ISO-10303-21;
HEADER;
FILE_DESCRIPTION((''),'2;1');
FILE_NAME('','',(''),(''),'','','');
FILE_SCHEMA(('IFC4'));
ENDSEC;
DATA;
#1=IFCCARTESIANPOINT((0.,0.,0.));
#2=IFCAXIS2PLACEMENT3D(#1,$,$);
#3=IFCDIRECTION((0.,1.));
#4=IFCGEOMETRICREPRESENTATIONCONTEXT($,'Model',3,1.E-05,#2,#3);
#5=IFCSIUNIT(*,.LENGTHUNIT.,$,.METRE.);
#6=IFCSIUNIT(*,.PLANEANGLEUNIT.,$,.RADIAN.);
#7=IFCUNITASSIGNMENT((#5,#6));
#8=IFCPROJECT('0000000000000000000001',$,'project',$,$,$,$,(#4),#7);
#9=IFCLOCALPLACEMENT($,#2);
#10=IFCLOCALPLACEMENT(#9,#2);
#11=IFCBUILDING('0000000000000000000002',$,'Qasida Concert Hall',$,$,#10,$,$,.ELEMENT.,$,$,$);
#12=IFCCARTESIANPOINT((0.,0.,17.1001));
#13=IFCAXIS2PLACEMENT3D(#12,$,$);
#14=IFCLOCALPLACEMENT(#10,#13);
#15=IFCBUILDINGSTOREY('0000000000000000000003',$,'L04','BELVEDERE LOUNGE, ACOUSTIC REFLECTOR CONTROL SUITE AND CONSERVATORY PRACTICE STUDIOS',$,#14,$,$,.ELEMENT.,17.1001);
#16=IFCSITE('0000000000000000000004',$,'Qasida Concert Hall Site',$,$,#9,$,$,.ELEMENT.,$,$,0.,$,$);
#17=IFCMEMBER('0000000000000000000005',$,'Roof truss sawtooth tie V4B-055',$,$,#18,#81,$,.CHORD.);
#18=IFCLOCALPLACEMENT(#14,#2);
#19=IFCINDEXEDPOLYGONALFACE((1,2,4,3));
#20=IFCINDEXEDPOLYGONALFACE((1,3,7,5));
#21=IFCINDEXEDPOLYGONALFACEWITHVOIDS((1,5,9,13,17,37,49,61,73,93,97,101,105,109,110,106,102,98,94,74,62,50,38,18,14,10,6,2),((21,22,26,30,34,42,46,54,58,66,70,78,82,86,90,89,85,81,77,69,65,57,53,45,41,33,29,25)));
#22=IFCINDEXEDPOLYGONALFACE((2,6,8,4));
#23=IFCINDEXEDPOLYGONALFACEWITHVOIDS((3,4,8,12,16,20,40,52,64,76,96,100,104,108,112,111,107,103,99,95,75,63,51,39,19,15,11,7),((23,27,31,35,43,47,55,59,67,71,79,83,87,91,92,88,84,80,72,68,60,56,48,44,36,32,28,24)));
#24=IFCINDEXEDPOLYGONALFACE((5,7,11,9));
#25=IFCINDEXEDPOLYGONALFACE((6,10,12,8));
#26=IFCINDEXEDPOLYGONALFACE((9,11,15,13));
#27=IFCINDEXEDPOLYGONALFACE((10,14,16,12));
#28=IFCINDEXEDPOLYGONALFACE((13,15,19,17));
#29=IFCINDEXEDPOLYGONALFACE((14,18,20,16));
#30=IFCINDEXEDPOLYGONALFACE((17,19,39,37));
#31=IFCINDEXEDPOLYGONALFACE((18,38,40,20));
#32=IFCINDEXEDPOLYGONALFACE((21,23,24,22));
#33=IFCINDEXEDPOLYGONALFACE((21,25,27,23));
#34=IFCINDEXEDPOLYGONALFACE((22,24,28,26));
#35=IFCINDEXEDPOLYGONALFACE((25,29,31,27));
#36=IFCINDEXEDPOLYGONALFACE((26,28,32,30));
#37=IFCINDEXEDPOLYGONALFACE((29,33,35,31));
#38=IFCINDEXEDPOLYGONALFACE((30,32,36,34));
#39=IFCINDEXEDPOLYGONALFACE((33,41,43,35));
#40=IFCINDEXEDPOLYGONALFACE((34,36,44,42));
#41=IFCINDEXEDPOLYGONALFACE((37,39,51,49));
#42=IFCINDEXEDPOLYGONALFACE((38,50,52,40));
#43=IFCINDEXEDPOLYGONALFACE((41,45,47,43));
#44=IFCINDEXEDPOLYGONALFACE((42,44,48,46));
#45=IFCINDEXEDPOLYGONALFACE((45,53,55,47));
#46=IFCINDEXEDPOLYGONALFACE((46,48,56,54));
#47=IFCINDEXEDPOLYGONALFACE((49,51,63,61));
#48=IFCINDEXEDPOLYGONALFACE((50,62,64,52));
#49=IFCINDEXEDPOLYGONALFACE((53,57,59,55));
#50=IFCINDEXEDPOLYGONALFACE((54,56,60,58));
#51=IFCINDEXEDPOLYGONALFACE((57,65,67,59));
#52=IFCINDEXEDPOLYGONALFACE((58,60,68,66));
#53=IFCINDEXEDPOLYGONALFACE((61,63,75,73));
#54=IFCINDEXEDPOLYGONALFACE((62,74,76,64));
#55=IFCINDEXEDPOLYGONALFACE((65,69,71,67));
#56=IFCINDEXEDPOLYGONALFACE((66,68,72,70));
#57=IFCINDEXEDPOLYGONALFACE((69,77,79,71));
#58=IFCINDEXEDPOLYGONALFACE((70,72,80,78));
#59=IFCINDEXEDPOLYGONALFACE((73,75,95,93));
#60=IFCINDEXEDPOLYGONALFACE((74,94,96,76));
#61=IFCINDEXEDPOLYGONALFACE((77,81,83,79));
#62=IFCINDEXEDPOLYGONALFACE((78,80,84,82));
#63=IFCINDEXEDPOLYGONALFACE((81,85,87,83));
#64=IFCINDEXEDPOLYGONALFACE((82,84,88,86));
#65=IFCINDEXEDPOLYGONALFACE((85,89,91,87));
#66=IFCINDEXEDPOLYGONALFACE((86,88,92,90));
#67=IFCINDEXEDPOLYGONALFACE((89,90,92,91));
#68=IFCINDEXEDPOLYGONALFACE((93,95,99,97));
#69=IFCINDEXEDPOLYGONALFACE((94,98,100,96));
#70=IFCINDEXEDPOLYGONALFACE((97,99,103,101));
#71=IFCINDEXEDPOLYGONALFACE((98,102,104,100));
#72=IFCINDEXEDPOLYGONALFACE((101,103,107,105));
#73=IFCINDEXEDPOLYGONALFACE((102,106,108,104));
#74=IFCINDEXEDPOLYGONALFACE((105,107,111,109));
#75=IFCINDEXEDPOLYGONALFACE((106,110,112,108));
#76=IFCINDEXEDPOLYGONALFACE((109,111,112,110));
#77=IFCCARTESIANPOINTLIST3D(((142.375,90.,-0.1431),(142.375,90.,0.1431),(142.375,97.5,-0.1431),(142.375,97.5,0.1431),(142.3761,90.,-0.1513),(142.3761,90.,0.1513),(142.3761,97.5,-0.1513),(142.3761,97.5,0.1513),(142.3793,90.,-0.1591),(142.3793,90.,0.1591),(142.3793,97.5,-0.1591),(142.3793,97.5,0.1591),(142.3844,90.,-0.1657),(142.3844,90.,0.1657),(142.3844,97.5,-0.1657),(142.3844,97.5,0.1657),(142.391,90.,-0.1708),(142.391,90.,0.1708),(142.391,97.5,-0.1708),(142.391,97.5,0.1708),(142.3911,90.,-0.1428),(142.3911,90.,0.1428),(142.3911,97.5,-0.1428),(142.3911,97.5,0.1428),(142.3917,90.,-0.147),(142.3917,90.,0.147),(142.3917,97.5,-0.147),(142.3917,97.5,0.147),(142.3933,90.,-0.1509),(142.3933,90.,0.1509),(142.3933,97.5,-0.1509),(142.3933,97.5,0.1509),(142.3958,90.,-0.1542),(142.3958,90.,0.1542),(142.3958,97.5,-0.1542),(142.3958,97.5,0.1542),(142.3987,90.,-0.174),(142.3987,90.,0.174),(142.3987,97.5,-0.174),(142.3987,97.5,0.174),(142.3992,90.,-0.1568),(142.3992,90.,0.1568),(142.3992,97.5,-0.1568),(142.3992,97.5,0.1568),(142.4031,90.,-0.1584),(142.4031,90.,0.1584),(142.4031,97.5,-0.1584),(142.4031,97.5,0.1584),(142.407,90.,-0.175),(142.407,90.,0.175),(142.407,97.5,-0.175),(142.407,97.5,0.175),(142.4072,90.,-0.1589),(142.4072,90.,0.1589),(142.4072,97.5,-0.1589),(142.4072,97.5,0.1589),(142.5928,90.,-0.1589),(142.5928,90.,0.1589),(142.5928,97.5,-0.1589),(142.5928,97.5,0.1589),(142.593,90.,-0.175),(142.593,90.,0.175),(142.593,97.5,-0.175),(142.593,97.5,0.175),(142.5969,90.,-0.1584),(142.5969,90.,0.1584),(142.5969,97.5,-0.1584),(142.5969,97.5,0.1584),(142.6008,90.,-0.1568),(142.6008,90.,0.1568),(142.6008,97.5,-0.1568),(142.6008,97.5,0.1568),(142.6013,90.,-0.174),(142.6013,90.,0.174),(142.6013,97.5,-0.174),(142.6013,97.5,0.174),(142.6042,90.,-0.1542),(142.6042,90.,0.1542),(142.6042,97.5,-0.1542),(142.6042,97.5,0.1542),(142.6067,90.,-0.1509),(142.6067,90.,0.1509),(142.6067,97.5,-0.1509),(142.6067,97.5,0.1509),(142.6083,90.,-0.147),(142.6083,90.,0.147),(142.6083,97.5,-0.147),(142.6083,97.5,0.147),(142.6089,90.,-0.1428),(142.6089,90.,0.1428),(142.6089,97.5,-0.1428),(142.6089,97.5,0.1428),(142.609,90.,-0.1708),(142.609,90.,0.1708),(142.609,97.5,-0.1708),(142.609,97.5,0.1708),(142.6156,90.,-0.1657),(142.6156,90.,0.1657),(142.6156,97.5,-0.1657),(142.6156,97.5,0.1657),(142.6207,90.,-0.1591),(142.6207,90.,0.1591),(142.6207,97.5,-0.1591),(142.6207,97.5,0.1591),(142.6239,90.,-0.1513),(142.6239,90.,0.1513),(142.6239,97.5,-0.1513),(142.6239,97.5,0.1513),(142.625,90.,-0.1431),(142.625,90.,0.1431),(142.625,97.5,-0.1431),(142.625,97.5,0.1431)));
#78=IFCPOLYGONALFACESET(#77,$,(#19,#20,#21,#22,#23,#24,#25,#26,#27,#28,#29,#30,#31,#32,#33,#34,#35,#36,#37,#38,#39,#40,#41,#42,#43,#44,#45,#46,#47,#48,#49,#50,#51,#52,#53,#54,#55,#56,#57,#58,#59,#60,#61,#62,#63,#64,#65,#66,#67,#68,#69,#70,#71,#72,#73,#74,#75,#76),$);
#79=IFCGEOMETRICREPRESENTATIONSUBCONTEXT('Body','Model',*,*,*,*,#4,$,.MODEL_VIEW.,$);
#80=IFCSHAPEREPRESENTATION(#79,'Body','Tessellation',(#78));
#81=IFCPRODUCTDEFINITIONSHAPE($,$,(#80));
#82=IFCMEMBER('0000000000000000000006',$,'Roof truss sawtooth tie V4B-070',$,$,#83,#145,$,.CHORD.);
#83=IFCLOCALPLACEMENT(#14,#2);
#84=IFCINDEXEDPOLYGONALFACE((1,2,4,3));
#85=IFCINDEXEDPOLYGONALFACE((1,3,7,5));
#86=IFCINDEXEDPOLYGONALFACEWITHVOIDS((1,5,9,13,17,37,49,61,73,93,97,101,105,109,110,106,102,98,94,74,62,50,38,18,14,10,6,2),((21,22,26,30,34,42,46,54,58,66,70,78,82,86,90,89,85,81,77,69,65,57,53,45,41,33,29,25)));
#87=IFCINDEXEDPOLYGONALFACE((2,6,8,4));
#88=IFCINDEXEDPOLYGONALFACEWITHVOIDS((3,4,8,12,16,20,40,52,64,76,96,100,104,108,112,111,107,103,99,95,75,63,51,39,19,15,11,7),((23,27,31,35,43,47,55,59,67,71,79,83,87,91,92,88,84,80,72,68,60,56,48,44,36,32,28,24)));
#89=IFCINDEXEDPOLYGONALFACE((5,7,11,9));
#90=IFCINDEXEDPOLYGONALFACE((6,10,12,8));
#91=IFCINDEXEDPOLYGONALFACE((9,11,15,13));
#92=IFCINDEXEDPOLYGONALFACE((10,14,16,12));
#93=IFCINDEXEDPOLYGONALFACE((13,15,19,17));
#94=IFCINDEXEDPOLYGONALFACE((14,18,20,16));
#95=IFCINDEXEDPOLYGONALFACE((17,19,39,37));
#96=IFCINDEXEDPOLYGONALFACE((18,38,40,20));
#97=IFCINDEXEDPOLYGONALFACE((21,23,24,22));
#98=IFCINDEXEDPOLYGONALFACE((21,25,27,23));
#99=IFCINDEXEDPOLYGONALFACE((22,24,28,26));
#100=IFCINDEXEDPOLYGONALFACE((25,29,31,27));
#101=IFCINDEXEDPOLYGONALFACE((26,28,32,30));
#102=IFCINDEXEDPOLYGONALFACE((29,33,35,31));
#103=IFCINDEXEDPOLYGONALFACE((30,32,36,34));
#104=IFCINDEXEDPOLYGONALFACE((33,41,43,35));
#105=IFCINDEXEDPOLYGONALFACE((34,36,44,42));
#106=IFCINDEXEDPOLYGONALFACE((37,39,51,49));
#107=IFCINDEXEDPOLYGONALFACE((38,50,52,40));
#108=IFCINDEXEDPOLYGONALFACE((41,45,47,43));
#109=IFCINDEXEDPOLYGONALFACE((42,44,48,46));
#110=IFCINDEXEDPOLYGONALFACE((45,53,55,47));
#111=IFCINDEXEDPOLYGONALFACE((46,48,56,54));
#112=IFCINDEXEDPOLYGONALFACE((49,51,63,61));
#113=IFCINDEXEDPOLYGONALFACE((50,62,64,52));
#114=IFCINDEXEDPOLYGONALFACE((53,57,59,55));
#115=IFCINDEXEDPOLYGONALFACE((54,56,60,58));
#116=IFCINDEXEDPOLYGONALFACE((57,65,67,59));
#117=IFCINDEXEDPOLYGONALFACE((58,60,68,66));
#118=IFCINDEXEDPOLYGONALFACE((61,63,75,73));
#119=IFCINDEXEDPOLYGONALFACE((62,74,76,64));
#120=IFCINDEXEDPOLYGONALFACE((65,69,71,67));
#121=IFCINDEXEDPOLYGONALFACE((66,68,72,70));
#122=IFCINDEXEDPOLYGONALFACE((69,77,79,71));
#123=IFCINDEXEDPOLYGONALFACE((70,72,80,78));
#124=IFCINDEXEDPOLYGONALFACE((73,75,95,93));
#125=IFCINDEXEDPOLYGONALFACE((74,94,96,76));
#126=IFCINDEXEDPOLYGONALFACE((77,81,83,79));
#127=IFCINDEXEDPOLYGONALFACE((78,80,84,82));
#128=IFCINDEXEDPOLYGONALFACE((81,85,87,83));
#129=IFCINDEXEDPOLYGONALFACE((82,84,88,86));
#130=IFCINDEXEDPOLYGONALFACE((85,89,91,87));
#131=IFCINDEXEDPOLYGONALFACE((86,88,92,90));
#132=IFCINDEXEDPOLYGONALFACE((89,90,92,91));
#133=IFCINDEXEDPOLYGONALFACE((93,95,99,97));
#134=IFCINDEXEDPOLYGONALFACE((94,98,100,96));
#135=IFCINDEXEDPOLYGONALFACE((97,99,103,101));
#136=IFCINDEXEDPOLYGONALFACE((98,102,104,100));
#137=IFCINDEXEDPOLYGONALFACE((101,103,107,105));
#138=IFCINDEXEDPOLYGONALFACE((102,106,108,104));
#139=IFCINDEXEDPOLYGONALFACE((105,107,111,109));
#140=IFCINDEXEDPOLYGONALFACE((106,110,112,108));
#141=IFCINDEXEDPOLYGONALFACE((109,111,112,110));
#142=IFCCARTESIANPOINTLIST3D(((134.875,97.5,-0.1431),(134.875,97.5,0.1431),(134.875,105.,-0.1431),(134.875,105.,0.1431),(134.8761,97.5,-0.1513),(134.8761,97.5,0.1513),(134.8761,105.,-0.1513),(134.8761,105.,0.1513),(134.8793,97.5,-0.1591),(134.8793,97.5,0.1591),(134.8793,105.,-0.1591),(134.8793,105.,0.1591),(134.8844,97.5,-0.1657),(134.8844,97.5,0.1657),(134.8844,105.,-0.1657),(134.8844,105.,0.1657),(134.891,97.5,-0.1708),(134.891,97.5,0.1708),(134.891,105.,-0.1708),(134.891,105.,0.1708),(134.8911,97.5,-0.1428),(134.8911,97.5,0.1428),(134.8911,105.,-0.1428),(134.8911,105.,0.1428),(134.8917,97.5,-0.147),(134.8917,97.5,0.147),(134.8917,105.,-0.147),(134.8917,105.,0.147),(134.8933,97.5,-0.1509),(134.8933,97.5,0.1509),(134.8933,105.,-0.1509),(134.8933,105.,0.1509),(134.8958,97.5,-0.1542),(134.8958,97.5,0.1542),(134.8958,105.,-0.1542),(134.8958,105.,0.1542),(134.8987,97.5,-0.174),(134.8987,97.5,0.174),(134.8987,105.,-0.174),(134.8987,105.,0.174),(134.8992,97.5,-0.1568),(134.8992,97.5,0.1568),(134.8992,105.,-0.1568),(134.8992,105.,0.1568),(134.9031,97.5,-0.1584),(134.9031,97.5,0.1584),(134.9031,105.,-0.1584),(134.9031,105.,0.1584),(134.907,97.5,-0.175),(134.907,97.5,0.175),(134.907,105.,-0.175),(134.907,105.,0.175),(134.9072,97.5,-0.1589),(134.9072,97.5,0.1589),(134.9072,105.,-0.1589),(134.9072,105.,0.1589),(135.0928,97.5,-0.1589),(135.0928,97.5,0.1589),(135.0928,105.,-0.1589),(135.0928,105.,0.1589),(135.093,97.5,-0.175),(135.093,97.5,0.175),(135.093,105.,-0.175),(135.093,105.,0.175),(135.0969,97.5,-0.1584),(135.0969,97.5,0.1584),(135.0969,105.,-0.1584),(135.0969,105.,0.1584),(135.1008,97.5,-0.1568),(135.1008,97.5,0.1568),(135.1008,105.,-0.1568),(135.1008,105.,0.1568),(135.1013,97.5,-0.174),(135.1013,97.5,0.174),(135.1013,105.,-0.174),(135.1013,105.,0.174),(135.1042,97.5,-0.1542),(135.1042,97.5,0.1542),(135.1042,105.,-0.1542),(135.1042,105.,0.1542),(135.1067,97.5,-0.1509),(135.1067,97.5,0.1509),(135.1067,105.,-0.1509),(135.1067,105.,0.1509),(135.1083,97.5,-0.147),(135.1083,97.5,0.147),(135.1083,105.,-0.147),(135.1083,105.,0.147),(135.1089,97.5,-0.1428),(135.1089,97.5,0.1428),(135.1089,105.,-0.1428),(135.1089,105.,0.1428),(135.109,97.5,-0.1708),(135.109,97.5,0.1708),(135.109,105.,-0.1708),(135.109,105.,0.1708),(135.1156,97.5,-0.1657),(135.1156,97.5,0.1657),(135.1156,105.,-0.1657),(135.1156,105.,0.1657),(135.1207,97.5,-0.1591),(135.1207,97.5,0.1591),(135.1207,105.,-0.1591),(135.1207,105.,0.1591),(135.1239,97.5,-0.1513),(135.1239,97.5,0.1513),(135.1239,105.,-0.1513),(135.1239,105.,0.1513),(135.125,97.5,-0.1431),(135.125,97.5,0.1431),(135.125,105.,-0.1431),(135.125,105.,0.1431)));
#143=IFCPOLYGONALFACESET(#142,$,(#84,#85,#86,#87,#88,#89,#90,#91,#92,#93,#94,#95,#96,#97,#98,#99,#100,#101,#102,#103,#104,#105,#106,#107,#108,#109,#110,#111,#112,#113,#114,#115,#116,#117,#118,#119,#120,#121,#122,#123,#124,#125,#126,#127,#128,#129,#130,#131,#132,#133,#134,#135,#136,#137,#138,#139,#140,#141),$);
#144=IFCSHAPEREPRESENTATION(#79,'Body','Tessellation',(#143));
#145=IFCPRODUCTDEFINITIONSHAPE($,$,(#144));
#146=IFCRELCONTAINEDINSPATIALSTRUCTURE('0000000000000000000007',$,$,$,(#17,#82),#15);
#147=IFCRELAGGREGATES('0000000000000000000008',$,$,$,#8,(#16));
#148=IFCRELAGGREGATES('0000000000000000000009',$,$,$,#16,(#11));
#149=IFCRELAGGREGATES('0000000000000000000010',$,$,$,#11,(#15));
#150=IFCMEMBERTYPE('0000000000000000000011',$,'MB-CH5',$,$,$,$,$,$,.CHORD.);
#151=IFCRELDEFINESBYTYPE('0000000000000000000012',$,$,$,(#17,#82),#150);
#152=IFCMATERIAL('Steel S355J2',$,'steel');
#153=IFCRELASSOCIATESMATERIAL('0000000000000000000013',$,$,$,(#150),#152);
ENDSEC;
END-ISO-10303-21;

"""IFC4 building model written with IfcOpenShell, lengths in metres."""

from ifc_helpers import new_model, si_unit, direction, frame, origin, origin_2d, place, context, subcontext, project, spatial, hollow_rectangle, extrude, material, material_profile, profile_set, type_object, element, save


model = new_model("IFC4")

# Units and contexts
model_context = context("Model", 3, precision=1e-05, world=origin(), true_north=direction((0.0, 1.0)))
body_context = subcontext(model_context, "Body", "Model", "MODEL_VIEW")
ifc_project = project(units=[si_unit("LENGTHUNIT", "METRE"), si_unit("PLANEANGLEUNIT", "RADIAN")], contexts=[model_context])

# Site, building, storey
site_placement = place(None, origin())
site = spatial("IfcSite", under=ifc_project, at=site_placement, Name="Qasida Concert Hall Site", CompositionType="ELEMENT", RefElevation=0.0)
building_placement = place(site_placement, origin())
building = spatial("IfcBuilding", under=site, at=building_placement, Name="Qasida Concert Hall", CompositionType="ELEMENT")
storey_placement = place(building_placement, frame((0.0, 0.0, 17.1001)))
storey = spatial("IfcBuildingStorey", under=building, at=storey_placement, Name="L04", Description="BELVEDERE LOUNGE, ACOUSTIC REFLECTOR CONTROL SUITE AND CONSERVATORY PRACTICE STUDIOS", CompositionType="ELEMENT", Elevation=17.1001)

# Members
ifc_material = material(Name="Steel S355J2", Category="steel")
ifc_material_profile_1 = material_profile(ifc_material, hollow_rectangle(XDim=0.25, YDim=0.3501, WallThickness=0.0161, InnerFilletRadius=0.0161, OuterFilletRadius=0.032, at=origin_2d()), Name="RHS 350x250x16")
ifc_profile_set_1 = profile_set([ifc_material_profile_1], Name="Steel S355J2")
member_type_1 = type_object("IfcMemberType", Name="MB-CH5", PredefinedType="CHORD", material=ifc_profile_set_1)
for number, where, z_axis, x_axis, name in (
    (1, (142.5, 90.0, 0.0), (0.0, 1.0, 0.0), (-1.0, 0.0, 0.0), "Roof truss sawtooth tie V4B-055"),
    (2, (135.0, 97.5, 0.0), (0.0, 1.0, 0.0), (-1.0, 0.0, 0.0), "Roof truss sawtooth tie V4B-070"),
):
    element("IfcMember", number, at=place(storey_placement, frame(where, z_axis=z_axis, x_axis=x_axis)), inside=storey, type_object=member_type_1, Name=name, PredefinedType="CHORD", context=body_context, shape_type="SweptSolid", body=[
        extrude(hollow_rectangle(XDim=0.25, YDim=0.3501, WallThickness=0.0161, InnerFilletRadius=0.0161, OuterFilletRadius=0.032, at=origin_2d()), origin(), (0.0, 0.0, 1.0), 7.5),
    ])

save(model, "model.ifc")
